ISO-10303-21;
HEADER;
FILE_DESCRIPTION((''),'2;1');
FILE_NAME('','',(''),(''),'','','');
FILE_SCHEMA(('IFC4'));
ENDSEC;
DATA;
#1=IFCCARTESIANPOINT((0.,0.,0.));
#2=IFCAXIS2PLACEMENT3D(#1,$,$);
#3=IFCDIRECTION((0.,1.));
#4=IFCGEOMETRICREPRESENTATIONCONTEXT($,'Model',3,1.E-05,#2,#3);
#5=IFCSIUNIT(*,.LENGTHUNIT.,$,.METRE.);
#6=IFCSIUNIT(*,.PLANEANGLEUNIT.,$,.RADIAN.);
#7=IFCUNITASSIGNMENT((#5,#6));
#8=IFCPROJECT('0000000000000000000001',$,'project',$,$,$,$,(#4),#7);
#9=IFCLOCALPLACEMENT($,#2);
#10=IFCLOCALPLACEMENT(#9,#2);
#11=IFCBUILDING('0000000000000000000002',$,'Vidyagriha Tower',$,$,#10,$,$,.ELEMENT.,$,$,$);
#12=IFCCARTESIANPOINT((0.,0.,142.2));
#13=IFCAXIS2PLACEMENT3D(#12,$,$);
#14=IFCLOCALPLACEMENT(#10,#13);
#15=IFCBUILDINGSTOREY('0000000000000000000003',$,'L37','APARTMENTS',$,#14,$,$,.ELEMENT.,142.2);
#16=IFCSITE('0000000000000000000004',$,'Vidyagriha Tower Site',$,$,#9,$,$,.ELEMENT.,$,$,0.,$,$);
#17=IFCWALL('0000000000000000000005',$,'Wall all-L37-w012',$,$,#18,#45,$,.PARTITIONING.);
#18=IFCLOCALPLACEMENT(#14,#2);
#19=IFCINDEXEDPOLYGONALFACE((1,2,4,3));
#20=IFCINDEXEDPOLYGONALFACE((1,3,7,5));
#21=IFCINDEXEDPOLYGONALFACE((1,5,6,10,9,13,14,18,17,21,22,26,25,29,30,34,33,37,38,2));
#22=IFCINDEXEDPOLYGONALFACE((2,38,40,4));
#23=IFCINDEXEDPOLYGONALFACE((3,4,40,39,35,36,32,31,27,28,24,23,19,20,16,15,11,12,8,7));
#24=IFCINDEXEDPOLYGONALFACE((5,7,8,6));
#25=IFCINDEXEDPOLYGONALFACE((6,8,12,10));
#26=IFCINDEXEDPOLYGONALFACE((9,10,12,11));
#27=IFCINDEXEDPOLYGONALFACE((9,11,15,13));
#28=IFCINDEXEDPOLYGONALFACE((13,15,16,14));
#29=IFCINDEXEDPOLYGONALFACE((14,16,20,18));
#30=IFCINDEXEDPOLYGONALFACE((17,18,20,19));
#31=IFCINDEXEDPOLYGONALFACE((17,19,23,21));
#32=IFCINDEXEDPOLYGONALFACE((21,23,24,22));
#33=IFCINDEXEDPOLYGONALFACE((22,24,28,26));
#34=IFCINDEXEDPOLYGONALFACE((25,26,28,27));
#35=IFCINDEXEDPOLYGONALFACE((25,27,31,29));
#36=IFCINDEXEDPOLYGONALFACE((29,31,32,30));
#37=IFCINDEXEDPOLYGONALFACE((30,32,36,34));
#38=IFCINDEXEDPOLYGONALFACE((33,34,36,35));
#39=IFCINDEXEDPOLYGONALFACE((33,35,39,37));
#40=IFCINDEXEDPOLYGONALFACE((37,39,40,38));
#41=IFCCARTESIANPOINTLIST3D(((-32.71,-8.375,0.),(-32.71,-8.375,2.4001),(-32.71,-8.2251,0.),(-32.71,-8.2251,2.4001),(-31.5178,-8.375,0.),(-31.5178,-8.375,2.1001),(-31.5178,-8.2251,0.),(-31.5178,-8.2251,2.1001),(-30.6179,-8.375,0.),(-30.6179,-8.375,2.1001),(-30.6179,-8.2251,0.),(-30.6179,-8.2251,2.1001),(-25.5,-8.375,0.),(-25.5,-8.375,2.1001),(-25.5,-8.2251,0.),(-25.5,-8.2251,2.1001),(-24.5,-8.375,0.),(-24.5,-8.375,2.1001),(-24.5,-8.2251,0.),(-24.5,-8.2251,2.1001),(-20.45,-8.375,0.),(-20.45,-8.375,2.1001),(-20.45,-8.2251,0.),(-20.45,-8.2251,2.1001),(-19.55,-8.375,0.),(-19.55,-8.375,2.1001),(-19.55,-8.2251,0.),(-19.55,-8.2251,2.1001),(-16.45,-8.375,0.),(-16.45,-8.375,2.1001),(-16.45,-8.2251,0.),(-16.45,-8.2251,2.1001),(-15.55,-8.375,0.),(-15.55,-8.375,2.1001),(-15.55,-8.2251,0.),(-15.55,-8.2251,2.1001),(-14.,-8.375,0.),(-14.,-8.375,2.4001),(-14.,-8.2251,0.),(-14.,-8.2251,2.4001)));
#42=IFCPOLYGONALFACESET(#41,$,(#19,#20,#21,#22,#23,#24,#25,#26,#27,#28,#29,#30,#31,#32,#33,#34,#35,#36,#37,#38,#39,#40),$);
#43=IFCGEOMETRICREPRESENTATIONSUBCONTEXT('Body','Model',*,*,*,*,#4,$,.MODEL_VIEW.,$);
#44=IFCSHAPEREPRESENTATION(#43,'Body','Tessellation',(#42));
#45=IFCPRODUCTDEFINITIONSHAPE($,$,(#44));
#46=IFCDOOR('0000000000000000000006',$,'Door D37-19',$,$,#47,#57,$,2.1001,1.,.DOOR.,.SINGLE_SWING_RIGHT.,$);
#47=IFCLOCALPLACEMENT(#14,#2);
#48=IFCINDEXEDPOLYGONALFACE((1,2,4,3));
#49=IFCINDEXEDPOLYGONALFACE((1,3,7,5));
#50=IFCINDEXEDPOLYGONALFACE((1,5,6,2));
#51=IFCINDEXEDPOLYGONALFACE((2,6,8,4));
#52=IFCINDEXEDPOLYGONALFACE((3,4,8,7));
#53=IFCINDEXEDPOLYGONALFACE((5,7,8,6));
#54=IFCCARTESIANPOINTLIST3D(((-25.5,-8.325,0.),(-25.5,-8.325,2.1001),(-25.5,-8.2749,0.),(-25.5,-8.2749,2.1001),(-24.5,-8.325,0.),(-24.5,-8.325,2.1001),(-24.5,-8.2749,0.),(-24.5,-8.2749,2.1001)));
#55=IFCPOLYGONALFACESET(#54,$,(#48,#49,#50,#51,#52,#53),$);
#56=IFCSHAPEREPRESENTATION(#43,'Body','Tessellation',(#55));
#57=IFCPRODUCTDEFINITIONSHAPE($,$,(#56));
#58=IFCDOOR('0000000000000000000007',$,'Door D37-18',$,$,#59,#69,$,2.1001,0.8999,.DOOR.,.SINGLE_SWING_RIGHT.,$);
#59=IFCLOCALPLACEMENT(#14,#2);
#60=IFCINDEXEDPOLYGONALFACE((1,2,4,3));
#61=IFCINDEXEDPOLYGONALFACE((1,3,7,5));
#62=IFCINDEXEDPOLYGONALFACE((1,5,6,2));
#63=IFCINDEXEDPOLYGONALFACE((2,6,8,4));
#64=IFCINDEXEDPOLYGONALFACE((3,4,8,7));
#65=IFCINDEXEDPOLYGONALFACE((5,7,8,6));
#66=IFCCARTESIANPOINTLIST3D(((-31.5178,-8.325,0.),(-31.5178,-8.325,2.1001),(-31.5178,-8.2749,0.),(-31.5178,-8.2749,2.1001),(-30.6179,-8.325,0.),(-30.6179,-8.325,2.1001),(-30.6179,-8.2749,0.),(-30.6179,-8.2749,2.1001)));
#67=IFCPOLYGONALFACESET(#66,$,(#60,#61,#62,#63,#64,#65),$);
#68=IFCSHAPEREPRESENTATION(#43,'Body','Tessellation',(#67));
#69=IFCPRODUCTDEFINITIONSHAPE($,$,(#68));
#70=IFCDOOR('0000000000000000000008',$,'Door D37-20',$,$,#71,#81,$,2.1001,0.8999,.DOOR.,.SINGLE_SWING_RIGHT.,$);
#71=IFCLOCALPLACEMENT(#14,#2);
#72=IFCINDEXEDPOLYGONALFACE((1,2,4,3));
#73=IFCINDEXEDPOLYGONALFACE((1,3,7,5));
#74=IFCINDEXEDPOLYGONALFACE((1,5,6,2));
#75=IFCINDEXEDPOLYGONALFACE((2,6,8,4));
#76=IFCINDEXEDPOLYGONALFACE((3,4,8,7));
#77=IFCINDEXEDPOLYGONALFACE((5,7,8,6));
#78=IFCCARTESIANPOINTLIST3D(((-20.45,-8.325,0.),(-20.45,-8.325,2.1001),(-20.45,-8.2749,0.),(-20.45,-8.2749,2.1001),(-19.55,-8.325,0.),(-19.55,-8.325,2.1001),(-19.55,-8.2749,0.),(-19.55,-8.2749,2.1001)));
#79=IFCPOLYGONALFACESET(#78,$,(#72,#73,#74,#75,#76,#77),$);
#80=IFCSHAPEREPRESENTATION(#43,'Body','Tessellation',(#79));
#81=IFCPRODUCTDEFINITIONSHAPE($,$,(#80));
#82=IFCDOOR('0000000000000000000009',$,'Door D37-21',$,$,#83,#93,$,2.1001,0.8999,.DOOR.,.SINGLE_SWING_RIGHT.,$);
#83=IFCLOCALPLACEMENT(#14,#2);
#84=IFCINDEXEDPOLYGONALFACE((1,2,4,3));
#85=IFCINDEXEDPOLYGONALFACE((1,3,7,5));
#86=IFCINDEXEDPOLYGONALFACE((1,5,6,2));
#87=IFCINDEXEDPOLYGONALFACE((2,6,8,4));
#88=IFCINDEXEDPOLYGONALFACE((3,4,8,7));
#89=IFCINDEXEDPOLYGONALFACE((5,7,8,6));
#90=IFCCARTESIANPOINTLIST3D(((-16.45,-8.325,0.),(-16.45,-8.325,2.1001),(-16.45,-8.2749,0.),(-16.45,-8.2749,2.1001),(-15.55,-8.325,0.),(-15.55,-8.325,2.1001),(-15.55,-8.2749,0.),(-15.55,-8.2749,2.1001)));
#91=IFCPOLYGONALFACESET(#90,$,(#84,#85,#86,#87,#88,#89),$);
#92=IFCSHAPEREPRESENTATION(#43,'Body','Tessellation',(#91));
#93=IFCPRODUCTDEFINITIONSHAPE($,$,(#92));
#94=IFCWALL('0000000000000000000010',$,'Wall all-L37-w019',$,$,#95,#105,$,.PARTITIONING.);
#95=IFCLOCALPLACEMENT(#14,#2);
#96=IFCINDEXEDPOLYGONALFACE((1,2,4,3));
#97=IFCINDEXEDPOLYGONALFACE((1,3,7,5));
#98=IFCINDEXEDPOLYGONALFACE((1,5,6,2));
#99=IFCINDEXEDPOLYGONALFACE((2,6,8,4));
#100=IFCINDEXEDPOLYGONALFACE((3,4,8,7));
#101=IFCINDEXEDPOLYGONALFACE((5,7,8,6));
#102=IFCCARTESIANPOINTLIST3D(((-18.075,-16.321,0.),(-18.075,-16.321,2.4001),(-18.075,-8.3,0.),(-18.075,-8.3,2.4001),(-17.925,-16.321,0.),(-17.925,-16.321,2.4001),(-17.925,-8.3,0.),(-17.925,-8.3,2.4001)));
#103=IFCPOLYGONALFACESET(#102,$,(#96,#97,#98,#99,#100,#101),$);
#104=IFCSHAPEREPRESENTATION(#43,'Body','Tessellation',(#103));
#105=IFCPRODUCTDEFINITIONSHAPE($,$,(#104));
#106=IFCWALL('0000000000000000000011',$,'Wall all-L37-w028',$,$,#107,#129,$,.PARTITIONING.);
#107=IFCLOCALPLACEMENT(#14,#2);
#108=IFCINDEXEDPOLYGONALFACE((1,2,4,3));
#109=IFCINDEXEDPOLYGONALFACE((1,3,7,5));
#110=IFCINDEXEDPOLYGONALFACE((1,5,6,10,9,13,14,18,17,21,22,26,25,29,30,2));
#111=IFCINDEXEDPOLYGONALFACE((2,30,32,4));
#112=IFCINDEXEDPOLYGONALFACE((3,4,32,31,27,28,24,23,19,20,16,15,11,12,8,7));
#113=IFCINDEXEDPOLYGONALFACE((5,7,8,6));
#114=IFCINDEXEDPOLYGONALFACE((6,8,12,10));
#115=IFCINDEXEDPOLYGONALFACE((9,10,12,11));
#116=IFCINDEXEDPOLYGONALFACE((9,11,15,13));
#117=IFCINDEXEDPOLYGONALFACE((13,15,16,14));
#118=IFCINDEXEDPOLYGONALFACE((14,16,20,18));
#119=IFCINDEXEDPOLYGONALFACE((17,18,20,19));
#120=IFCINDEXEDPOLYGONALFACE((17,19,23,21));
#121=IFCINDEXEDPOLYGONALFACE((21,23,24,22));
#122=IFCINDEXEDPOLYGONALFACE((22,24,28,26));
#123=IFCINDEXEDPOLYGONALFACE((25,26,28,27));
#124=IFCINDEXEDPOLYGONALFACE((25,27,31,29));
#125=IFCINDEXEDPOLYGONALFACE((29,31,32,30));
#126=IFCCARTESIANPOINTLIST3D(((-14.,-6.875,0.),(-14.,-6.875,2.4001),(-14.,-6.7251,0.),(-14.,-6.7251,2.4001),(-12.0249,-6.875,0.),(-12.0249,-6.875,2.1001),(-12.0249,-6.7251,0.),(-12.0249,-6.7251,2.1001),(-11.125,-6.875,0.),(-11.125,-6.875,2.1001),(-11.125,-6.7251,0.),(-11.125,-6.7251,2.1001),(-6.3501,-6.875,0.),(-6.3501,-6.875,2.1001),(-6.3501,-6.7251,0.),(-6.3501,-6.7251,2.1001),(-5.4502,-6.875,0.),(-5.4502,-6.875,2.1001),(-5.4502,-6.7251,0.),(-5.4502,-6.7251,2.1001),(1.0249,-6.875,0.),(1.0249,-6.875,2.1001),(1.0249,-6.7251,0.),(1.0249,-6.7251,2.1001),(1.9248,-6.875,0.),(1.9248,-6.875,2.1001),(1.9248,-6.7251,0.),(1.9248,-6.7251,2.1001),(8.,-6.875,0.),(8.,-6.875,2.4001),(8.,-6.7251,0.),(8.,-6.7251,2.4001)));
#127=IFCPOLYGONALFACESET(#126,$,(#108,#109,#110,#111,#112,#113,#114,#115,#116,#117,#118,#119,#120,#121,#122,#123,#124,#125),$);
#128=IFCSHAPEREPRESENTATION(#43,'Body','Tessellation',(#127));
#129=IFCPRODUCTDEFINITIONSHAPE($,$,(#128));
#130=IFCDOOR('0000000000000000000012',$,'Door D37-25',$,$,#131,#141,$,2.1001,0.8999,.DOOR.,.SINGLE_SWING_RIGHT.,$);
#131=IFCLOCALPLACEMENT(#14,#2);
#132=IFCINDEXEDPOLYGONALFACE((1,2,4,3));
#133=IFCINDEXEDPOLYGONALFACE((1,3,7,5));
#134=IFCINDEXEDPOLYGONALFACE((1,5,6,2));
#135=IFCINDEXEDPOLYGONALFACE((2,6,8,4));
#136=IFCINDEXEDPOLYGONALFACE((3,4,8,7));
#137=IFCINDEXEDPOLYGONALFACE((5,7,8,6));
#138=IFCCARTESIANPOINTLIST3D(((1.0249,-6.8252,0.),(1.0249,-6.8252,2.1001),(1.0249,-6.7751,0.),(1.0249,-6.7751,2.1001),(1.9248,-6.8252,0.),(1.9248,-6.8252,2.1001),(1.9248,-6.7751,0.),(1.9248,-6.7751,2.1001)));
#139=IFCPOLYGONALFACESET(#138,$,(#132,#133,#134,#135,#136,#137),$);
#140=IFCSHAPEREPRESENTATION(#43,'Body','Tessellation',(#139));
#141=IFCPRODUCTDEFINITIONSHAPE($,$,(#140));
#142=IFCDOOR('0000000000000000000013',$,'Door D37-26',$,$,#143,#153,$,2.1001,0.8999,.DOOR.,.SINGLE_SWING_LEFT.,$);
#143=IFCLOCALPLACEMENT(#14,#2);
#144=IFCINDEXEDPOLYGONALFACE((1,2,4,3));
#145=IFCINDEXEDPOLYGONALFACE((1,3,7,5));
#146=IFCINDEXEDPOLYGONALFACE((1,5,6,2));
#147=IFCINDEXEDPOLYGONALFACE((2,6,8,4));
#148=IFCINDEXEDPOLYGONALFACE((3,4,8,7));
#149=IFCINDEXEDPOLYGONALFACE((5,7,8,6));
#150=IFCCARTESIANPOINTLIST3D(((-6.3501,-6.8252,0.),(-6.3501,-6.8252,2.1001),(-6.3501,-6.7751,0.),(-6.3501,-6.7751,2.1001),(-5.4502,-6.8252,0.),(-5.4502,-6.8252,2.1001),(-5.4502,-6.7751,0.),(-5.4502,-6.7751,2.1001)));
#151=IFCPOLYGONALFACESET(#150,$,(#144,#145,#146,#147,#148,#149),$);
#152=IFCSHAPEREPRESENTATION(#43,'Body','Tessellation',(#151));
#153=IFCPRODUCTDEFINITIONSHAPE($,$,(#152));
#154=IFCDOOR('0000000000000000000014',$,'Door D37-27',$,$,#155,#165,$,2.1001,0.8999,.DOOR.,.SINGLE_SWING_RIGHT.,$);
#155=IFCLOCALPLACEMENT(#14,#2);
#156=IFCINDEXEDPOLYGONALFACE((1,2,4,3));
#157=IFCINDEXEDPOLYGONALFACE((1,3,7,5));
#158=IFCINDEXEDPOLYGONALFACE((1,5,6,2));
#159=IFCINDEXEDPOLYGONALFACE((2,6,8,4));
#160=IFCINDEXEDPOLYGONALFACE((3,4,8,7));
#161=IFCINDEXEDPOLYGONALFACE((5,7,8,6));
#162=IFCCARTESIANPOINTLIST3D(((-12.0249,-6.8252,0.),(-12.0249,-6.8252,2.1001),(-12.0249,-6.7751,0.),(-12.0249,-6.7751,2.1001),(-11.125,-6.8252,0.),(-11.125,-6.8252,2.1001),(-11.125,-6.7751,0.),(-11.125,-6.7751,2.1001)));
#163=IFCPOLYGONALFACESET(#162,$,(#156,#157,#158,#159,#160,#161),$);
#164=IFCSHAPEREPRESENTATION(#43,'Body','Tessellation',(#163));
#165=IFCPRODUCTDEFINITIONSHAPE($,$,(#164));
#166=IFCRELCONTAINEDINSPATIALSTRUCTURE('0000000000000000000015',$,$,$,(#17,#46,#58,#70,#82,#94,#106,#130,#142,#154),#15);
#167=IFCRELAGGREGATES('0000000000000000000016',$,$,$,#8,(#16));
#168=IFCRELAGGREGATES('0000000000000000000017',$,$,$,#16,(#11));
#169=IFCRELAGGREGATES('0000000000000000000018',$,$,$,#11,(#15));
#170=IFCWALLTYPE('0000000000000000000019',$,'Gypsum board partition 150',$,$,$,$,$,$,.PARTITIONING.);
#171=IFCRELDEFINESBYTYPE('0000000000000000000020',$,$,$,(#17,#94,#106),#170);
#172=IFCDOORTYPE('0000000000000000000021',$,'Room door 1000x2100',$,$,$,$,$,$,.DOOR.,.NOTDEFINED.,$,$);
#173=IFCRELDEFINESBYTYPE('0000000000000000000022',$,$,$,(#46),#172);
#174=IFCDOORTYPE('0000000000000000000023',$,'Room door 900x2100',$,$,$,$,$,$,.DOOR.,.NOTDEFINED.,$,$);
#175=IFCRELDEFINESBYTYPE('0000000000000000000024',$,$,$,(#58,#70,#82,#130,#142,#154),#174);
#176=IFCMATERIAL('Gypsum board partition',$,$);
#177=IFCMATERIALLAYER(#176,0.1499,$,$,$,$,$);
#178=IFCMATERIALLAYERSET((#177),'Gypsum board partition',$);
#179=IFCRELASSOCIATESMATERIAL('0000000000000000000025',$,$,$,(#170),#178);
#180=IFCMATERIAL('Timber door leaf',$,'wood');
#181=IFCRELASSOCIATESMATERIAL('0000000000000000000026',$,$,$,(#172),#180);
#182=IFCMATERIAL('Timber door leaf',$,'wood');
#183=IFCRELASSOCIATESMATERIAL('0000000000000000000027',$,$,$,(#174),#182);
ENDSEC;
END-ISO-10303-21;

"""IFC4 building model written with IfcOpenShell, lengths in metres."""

from ifc_helpers import new_model, si_unit, direction, frame, frame_2d, origin, place, context, subcontext, project, spatial, rectangle, extrude, material, layer, layer_set, type_object, element, fill, save


model = new_model("IFC4")

# Units and contexts
model_context = context("Model", 3, precision=1e-05, world=origin(), true_north=direction((0.0, 1.0)))
body_context = subcontext(model_context, "Body", "Model", "MODEL_VIEW")
ifc_project = project(units=[si_unit("LENGTHUNIT", "METRE"), si_unit("PLANEANGLEUNIT", "RADIAN")], contexts=[model_context])

# Site, building, storey
site_placement = place(None, origin())
site = spatial("IfcSite", under=ifc_project, at=site_placement, Name="Vidyagriha Tower Site", CompositionType="ELEMENT", RefElevation=0.0)
building_placement = place(site_placement, origin())
building = spatial("IfcBuilding", under=site, at=building_placement, Name="Vidyagriha Tower", CompositionType="ELEMENT")
storey_placement = place(building_placement, frame((0.0, 0.0, 142.2)))
storey = spatial("IfcBuildingStorey", under=building, at=storey_placement, Name="L37", Description="APARTMENTS", CompositionType="ELEMENT", Elevation=142.2)

# Shared definitions
ifc_material_1 = material(Name="Gypsum board partition")
ifc_layer_1 = layer(ifc_material_1, 0.1499)
ifc_layer_set_1 = layer_set([ifc_layer_1], Name="Gypsum board partition")
wall_type_1 = type_object("IfcWallType", Name="Gypsum board partition 150", PredefinedType="PARTITIONING", material=ifc_layer_set_1)

# Wall, openings, doors
wall_1_placement = place(storey_placement, frame((-14.0, -8.3, 0.0), z_axis=(0.0, 0.0, 1.0), x_axis=(-1.0, 0.0, 0.0)))
wall_1 = element("IfcWall", 1, at=wall_1_placement, inside=storey, type_object=wall_type_1, Name="Wall all-L37-w012", PredefinedType="PARTITIONING", context=body_context, shape_type="SweptSolid", body=[
    extrude(rectangle(XDim=18.71, YDim=0.1499, at=frame_2d((9.355, 0.0))), origin(), (0.0, 0.0, 1.0), 2.4001),
])
opening_1_placement = place(wall_1_placement, frame((16.6179, 0.0, 0.0)))
opening_1 = element("IfcOpeningElement", 2, at=opening_1_placement, cuts=wall_1, PredefinedType="OPENING", context=body_context, shape_type="SweptSolid", body=[
    extrude(rectangle(XDim=0.8999, YDim=2.1001, at=frame_2d((0.45, 1.05))), frame((0.0, 0.085, 0.0), z_axis=(0.0, -1.0, 0.0), x_axis=(1.0, 0.0, 0.0)), (0.0, 0.0, 1.0), 0.1699),
])
opening_2_placement = place(wall_1_placement, frame((10.5, 0.0, 0.0)))
opening_2 = element("IfcOpeningElement", 3, at=opening_2_placement, cuts=wall_1, PredefinedType="OPENING", context=body_context, shape_type="SweptSolid", body=[
    extrude(rectangle(XDim=1.0, YDim=2.1001, at=frame_2d((0.5, 1.05))), frame((0.0, 0.085, 0.0), z_axis=(0.0, -1.0, 0.0), x_axis=(1.0, 0.0, 0.0)), (0.0, 0.0, 1.0), 0.1699),
])
opening_3_placement = place(wall_1_placement, frame((5.55, 0.0, 0.0)))
opening_3 = element("IfcOpeningElement", 4, at=opening_3_placement, cuts=wall_1, PredefinedType="OPENING", context=body_context, shape_type="SweptSolid", body=[
    extrude(rectangle(XDim=0.8999, YDim=2.1001, at=frame_2d((0.45, 1.05))), frame((0.0, 0.085, 0.0), z_axis=(0.0, -1.0, 0.0), x_axis=(1.0, 0.0, 0.0)), (0.0, 0.0, 1.0), 0.1699),
])
opening_4_placement = place(wall_1_placement, frame((1.55, 0.0, 0.0)))
opening_4 = element("IfcOpeningElement", 5, at=opening_4_placement, cuts=wall_1, PredefinedType="OPENING", context=body_context, shape_type="SweptSolid", body=[
    extrude(rectangle(XDim=0.8999, YDim=2.1001, at=frame_2d((0.45, 1.05))), frame((0.0, 0.085, 0.0), z_axis=(0.0, -1.0, 0.0), x_axis=(1.0, 0.0, 0.0)), (0.0, 0.0, 1.0), 0.1699),
])
ifc_material_2 = material(Name="Timber door leaf", Category="wood")
door_type_1 = type_object("IfcDoorType", Name="Room door 1000x2100", OperationType="NOTDEFINED", PredefinedType="DOOR", material=ifc_material_2)
door_1_placement = place(opening_2_placement, origin())
door_1 = element("IfcDoor", 6, at=door_1_placement, inside=storey, type_object=door_type_1, Name="Door D37-19", OperationType="SINGLE_SWING_RIGHT", OverallHeight=2.1001, OverallWidth=1.0, PredefinedType="DOOR", context=body_context, shape_type="SweptSolid", body=[
    extrude(rectangle(XDim=1.0, YDim=2.1001, at=frame_2d((0.5, 1.05))), frame((0.0, 0.0249, 0.0), z_axis=(0.0, -1.0, 0.0), x_axis=(1.0, 0.0, 0.0)), (0.0, 0.0, 1.0), 0.05),
])
fill(opening_2, door_1)
ifc_material_3 = material(Name="Timber door leaf", Category="wood")
door_type_2 = type_object("IfcDoorType", Name="Room door 900x2100", OperationType="NOTDEFINED", PredefinedType="DOOR", material=ifc_material_3)
door_2_placement = place(opening_1_placement, origin())
door_2 = element("IfcDoor", 7, at=door_2_placement, inside=storey, type_object=door_type_2, Name="Door D37-18", OperationType="SINGLE_SWING_RIGHT", OverallHeight=2.1001, OverallWidth=0.8999, PredefinedType="DOOR", context=body_context, shape_type="SweptSolid", body=[
    extrude(rectangle(XDim=0.8999, YDim=2.1001, at=frame_2d((0.45, 1.05))), frame((0.0, 0.0249, 0.0), z_axis=(0.0, -1.0, 0.0), x_axis=(1.0, 0.0, 0.0)), (0.0, 0.0, 1.0), 0.05),
])
fill(opening_1, door_2)
door_3_placement = place(opening_3_placement, origin())
door_3 = element("IfcDoor", 8, at=door_3_placement, inside=storey, type_object=door_type_2, Name="Door D37-20", OperationType="SINGLE_SWING_RIGHT", OverallHeight=2.1001, OverallWidth=0.8999, PredefinedType="DOOR", context=body_context, shape_type="SweptSolid", body=[
    extrude(rectangle(XDim=0.8999, YDim=2.1001, at=frame_2d((0.45, 1.05))), frame((0.0, 0.0249, 0.0), z_axis=(0.0, -1.0, 0.0), x_axis=(1.0, 0.0, 0.0)), (0.0, 0.0, 1.0), 0.05),
])
fill(opening_3, door_3)
door_4_placement = place(opening_4_placement, origin())
door_4 = element("IfcDoor", 9, at=door_4_placement, inside=storey, type_object=door_type_2, Name="Door D37-21", OperationType="SINGLE_SWING_RIGHT", OverallHeight=2.1001, OverallWidth=0.8999, PredefinedType="DOOR", context=body_context, shape_type="SweptSolid", body=[
    extrude(rectangle(XDim=0.8999, YDim=2.1001, at=frame_2d((0.45, 1.05))), frame((0.0, 0.0249, 0.0), z_axis=(0.0, -1.0, 0.0), x_axis=(1.0, 0.0, 0.0)), (0.0, 0.0, 1.0), 0.05),
])
fill(opening_4, door_4)

# Wall
wall_2_placement = place(storey_placement, frame((-18.0, -8.3, 0.0), z_axis=(0.0, 0.0, 1.0), x_axis=(0.0, -1.0, 0.0)))
element("IfcWall", 10, at=wall_2_placement, inside=storey, type_object=wall_type_1, Name="Wall all-L37-w019", PredefinedType="PARTITIONING", context=body_context, shape_type="SweptSolid", body=[
    extrude(rectangle(XDim=8.021, YDim=0.1499, at=frame_2d((4.0105, 0.0))), origin(), (0.0, 0.0, 1.0), 2.4001),
])

# Wall, openings, doors
wall_3_placement = place(storey_placement, frame((-14.0, -6.8, 0.0)))
wall_3 = element("IfcWall", 11, at=wall_3_placement, inside=storey, type_object=wall_type_1, Name="Wall all-L37-w028", PredefinedType="PARTITIONING", context=body_context, shape_type="SweptSolid", body=[
    extrude(rectangle(XDim=22.0, YDim=0.1499, at=frame_2d((11.0, 0.0))), origin(), (0.0, 0.0, 1.0), 2.4001),
])
opening_5_placement = place(wall_3_placement, frame((15.0249, 0.0, 0.0)))
opening_5 = element("IfcOpeningElement", 12, at=opening_5_placement, cuts=wall_3, PredefinedType="OPENING", context=body_context, shape_type="SweptSolid", body=[
    extrude(rectangle(XDim=0.8999, YDim=2.1001, at=frame_2d((0.45, 1.05))), frame((0.0, 0.085, 0.0), z_axis=(0.0, -1.0, 0.0), x_axis=(1.0, 0.0, 0.0)), (0.0, 0.0, 1.0), 0.1699),
])
opening_6_placement = place(wall_3_placement, frame((7.6499, 0.0, 0.0)))
opening_6 = element("IfcOpeningElement", 13, at=opening_6_placement, cuts=wall_3, PredefinedType="OPENING", context=body_context, shape_type="SweptSolid", body=[
    extrude(rectangle(XDim=0.8999, YDim=2.1001, at=frame_2d((0.45, 1.05))), frame((0.0, 0.085, 0.0), z_axis=(0.0, -1.0, 0.0), x_axis=(1.0, 0.0, 0.0)), (0.0, 0.0, 1.0), 0.1699),
])
opening_7_placement = place(wall_3_placement, frame((1.9751, 0.0, 0.0)))
opening_7 = element("IfcOpeningElement", 14, at=opening_7_placement, cuts=wall_3, PredefinedType="OPENING", context=body_context, shape_type="SweptSolid", body=[
    extrude(rectangle(XDim=0.8999, YDim=2.1001, at=frame_2d((0.45, 1.05))), frame((0.0, 0.085, 0.0), z_axis=(0.0, -1.0, 0.0), x_axis=(1.0, 0.0, 0.0)), (0.0, 0.0, 1.0), 0.1699),
])
door_5_placement = place(opening_5_placement, origin())
door_5 = element("IfcDoor", 15, at=door_5_placement, inside=storey, type_object=door_type_2, Name="Door D37-25", OperationType="SINGLE_SWING_RIGHT", OverallHeight=2.1001, OverallWidth=0.8999, PredefinedType="DOOR", context=body_context, shape_type="SweptSolid", body=[
    extrude(rectangle(XDim=0.8999, YDim=2.1001, at=frame_2d((0.45, 1.05))), frame((0.0, 0.0249, 0.0), z_axis=(0.0, -1.0, 0.0), x_axis=(1.0, 0.0, 0.0)), (0.0, 0.0, 1.0), 0.05),
])
fill(opening_5, door_5)
door_6_placement = place(opening_6_placement, origin())
door_6 = element("IfcDoor", 16, at=door_6_placement, inside=storey, type_object=door_type_2, Name="Door D37-26", OperationType="SINGLE_SWING_LEFT", OverallHeight=2.1001, OverallWidth=0.8999, PredefinedType="DOOR", context=body_context, shape_type="SweptSolid", body=[
    extrude(rectangle(XDim=0.8999, YDim=2.1001, at=frame_2d((0.45, 1.05))), frame((0.0, 0.0249, 0.0), z_axis=(0.0, -1.0, 0.0), x_axis=(1.0, 0.0, 0.0)), (0.0, 0.0, 1.0), 0.05),
])
fill(opening_6, door_6)
door_7_placement = place(opening_7_placement, origin())
door_7 = element("IfcDoor", 17, at=door_7_placement, inside=storey, type_object=door_type_2, Name="Door D37-27", OperationType="SINGLE_SWING_RIGHT", OverallHeight=2.1001, OverallWidth=0.8999, PredefinedType="DOOR", context=body_context, shape_type="SweptSolid", body=[
    extrude(rectangle(XDim=0.8999, YDim=2.1001, at=frame_2d((0.45, 1.05))), frame((0.0, 0.0249, 0.0), z_axis=(0.0, -1.0, 0.0), x_axis=(1.0, 0.0, 0.0)), (0.0, 0.0, 1.0), 0.05),
])
fill(opening_7, door_7)

save(model, "model.ifc")
